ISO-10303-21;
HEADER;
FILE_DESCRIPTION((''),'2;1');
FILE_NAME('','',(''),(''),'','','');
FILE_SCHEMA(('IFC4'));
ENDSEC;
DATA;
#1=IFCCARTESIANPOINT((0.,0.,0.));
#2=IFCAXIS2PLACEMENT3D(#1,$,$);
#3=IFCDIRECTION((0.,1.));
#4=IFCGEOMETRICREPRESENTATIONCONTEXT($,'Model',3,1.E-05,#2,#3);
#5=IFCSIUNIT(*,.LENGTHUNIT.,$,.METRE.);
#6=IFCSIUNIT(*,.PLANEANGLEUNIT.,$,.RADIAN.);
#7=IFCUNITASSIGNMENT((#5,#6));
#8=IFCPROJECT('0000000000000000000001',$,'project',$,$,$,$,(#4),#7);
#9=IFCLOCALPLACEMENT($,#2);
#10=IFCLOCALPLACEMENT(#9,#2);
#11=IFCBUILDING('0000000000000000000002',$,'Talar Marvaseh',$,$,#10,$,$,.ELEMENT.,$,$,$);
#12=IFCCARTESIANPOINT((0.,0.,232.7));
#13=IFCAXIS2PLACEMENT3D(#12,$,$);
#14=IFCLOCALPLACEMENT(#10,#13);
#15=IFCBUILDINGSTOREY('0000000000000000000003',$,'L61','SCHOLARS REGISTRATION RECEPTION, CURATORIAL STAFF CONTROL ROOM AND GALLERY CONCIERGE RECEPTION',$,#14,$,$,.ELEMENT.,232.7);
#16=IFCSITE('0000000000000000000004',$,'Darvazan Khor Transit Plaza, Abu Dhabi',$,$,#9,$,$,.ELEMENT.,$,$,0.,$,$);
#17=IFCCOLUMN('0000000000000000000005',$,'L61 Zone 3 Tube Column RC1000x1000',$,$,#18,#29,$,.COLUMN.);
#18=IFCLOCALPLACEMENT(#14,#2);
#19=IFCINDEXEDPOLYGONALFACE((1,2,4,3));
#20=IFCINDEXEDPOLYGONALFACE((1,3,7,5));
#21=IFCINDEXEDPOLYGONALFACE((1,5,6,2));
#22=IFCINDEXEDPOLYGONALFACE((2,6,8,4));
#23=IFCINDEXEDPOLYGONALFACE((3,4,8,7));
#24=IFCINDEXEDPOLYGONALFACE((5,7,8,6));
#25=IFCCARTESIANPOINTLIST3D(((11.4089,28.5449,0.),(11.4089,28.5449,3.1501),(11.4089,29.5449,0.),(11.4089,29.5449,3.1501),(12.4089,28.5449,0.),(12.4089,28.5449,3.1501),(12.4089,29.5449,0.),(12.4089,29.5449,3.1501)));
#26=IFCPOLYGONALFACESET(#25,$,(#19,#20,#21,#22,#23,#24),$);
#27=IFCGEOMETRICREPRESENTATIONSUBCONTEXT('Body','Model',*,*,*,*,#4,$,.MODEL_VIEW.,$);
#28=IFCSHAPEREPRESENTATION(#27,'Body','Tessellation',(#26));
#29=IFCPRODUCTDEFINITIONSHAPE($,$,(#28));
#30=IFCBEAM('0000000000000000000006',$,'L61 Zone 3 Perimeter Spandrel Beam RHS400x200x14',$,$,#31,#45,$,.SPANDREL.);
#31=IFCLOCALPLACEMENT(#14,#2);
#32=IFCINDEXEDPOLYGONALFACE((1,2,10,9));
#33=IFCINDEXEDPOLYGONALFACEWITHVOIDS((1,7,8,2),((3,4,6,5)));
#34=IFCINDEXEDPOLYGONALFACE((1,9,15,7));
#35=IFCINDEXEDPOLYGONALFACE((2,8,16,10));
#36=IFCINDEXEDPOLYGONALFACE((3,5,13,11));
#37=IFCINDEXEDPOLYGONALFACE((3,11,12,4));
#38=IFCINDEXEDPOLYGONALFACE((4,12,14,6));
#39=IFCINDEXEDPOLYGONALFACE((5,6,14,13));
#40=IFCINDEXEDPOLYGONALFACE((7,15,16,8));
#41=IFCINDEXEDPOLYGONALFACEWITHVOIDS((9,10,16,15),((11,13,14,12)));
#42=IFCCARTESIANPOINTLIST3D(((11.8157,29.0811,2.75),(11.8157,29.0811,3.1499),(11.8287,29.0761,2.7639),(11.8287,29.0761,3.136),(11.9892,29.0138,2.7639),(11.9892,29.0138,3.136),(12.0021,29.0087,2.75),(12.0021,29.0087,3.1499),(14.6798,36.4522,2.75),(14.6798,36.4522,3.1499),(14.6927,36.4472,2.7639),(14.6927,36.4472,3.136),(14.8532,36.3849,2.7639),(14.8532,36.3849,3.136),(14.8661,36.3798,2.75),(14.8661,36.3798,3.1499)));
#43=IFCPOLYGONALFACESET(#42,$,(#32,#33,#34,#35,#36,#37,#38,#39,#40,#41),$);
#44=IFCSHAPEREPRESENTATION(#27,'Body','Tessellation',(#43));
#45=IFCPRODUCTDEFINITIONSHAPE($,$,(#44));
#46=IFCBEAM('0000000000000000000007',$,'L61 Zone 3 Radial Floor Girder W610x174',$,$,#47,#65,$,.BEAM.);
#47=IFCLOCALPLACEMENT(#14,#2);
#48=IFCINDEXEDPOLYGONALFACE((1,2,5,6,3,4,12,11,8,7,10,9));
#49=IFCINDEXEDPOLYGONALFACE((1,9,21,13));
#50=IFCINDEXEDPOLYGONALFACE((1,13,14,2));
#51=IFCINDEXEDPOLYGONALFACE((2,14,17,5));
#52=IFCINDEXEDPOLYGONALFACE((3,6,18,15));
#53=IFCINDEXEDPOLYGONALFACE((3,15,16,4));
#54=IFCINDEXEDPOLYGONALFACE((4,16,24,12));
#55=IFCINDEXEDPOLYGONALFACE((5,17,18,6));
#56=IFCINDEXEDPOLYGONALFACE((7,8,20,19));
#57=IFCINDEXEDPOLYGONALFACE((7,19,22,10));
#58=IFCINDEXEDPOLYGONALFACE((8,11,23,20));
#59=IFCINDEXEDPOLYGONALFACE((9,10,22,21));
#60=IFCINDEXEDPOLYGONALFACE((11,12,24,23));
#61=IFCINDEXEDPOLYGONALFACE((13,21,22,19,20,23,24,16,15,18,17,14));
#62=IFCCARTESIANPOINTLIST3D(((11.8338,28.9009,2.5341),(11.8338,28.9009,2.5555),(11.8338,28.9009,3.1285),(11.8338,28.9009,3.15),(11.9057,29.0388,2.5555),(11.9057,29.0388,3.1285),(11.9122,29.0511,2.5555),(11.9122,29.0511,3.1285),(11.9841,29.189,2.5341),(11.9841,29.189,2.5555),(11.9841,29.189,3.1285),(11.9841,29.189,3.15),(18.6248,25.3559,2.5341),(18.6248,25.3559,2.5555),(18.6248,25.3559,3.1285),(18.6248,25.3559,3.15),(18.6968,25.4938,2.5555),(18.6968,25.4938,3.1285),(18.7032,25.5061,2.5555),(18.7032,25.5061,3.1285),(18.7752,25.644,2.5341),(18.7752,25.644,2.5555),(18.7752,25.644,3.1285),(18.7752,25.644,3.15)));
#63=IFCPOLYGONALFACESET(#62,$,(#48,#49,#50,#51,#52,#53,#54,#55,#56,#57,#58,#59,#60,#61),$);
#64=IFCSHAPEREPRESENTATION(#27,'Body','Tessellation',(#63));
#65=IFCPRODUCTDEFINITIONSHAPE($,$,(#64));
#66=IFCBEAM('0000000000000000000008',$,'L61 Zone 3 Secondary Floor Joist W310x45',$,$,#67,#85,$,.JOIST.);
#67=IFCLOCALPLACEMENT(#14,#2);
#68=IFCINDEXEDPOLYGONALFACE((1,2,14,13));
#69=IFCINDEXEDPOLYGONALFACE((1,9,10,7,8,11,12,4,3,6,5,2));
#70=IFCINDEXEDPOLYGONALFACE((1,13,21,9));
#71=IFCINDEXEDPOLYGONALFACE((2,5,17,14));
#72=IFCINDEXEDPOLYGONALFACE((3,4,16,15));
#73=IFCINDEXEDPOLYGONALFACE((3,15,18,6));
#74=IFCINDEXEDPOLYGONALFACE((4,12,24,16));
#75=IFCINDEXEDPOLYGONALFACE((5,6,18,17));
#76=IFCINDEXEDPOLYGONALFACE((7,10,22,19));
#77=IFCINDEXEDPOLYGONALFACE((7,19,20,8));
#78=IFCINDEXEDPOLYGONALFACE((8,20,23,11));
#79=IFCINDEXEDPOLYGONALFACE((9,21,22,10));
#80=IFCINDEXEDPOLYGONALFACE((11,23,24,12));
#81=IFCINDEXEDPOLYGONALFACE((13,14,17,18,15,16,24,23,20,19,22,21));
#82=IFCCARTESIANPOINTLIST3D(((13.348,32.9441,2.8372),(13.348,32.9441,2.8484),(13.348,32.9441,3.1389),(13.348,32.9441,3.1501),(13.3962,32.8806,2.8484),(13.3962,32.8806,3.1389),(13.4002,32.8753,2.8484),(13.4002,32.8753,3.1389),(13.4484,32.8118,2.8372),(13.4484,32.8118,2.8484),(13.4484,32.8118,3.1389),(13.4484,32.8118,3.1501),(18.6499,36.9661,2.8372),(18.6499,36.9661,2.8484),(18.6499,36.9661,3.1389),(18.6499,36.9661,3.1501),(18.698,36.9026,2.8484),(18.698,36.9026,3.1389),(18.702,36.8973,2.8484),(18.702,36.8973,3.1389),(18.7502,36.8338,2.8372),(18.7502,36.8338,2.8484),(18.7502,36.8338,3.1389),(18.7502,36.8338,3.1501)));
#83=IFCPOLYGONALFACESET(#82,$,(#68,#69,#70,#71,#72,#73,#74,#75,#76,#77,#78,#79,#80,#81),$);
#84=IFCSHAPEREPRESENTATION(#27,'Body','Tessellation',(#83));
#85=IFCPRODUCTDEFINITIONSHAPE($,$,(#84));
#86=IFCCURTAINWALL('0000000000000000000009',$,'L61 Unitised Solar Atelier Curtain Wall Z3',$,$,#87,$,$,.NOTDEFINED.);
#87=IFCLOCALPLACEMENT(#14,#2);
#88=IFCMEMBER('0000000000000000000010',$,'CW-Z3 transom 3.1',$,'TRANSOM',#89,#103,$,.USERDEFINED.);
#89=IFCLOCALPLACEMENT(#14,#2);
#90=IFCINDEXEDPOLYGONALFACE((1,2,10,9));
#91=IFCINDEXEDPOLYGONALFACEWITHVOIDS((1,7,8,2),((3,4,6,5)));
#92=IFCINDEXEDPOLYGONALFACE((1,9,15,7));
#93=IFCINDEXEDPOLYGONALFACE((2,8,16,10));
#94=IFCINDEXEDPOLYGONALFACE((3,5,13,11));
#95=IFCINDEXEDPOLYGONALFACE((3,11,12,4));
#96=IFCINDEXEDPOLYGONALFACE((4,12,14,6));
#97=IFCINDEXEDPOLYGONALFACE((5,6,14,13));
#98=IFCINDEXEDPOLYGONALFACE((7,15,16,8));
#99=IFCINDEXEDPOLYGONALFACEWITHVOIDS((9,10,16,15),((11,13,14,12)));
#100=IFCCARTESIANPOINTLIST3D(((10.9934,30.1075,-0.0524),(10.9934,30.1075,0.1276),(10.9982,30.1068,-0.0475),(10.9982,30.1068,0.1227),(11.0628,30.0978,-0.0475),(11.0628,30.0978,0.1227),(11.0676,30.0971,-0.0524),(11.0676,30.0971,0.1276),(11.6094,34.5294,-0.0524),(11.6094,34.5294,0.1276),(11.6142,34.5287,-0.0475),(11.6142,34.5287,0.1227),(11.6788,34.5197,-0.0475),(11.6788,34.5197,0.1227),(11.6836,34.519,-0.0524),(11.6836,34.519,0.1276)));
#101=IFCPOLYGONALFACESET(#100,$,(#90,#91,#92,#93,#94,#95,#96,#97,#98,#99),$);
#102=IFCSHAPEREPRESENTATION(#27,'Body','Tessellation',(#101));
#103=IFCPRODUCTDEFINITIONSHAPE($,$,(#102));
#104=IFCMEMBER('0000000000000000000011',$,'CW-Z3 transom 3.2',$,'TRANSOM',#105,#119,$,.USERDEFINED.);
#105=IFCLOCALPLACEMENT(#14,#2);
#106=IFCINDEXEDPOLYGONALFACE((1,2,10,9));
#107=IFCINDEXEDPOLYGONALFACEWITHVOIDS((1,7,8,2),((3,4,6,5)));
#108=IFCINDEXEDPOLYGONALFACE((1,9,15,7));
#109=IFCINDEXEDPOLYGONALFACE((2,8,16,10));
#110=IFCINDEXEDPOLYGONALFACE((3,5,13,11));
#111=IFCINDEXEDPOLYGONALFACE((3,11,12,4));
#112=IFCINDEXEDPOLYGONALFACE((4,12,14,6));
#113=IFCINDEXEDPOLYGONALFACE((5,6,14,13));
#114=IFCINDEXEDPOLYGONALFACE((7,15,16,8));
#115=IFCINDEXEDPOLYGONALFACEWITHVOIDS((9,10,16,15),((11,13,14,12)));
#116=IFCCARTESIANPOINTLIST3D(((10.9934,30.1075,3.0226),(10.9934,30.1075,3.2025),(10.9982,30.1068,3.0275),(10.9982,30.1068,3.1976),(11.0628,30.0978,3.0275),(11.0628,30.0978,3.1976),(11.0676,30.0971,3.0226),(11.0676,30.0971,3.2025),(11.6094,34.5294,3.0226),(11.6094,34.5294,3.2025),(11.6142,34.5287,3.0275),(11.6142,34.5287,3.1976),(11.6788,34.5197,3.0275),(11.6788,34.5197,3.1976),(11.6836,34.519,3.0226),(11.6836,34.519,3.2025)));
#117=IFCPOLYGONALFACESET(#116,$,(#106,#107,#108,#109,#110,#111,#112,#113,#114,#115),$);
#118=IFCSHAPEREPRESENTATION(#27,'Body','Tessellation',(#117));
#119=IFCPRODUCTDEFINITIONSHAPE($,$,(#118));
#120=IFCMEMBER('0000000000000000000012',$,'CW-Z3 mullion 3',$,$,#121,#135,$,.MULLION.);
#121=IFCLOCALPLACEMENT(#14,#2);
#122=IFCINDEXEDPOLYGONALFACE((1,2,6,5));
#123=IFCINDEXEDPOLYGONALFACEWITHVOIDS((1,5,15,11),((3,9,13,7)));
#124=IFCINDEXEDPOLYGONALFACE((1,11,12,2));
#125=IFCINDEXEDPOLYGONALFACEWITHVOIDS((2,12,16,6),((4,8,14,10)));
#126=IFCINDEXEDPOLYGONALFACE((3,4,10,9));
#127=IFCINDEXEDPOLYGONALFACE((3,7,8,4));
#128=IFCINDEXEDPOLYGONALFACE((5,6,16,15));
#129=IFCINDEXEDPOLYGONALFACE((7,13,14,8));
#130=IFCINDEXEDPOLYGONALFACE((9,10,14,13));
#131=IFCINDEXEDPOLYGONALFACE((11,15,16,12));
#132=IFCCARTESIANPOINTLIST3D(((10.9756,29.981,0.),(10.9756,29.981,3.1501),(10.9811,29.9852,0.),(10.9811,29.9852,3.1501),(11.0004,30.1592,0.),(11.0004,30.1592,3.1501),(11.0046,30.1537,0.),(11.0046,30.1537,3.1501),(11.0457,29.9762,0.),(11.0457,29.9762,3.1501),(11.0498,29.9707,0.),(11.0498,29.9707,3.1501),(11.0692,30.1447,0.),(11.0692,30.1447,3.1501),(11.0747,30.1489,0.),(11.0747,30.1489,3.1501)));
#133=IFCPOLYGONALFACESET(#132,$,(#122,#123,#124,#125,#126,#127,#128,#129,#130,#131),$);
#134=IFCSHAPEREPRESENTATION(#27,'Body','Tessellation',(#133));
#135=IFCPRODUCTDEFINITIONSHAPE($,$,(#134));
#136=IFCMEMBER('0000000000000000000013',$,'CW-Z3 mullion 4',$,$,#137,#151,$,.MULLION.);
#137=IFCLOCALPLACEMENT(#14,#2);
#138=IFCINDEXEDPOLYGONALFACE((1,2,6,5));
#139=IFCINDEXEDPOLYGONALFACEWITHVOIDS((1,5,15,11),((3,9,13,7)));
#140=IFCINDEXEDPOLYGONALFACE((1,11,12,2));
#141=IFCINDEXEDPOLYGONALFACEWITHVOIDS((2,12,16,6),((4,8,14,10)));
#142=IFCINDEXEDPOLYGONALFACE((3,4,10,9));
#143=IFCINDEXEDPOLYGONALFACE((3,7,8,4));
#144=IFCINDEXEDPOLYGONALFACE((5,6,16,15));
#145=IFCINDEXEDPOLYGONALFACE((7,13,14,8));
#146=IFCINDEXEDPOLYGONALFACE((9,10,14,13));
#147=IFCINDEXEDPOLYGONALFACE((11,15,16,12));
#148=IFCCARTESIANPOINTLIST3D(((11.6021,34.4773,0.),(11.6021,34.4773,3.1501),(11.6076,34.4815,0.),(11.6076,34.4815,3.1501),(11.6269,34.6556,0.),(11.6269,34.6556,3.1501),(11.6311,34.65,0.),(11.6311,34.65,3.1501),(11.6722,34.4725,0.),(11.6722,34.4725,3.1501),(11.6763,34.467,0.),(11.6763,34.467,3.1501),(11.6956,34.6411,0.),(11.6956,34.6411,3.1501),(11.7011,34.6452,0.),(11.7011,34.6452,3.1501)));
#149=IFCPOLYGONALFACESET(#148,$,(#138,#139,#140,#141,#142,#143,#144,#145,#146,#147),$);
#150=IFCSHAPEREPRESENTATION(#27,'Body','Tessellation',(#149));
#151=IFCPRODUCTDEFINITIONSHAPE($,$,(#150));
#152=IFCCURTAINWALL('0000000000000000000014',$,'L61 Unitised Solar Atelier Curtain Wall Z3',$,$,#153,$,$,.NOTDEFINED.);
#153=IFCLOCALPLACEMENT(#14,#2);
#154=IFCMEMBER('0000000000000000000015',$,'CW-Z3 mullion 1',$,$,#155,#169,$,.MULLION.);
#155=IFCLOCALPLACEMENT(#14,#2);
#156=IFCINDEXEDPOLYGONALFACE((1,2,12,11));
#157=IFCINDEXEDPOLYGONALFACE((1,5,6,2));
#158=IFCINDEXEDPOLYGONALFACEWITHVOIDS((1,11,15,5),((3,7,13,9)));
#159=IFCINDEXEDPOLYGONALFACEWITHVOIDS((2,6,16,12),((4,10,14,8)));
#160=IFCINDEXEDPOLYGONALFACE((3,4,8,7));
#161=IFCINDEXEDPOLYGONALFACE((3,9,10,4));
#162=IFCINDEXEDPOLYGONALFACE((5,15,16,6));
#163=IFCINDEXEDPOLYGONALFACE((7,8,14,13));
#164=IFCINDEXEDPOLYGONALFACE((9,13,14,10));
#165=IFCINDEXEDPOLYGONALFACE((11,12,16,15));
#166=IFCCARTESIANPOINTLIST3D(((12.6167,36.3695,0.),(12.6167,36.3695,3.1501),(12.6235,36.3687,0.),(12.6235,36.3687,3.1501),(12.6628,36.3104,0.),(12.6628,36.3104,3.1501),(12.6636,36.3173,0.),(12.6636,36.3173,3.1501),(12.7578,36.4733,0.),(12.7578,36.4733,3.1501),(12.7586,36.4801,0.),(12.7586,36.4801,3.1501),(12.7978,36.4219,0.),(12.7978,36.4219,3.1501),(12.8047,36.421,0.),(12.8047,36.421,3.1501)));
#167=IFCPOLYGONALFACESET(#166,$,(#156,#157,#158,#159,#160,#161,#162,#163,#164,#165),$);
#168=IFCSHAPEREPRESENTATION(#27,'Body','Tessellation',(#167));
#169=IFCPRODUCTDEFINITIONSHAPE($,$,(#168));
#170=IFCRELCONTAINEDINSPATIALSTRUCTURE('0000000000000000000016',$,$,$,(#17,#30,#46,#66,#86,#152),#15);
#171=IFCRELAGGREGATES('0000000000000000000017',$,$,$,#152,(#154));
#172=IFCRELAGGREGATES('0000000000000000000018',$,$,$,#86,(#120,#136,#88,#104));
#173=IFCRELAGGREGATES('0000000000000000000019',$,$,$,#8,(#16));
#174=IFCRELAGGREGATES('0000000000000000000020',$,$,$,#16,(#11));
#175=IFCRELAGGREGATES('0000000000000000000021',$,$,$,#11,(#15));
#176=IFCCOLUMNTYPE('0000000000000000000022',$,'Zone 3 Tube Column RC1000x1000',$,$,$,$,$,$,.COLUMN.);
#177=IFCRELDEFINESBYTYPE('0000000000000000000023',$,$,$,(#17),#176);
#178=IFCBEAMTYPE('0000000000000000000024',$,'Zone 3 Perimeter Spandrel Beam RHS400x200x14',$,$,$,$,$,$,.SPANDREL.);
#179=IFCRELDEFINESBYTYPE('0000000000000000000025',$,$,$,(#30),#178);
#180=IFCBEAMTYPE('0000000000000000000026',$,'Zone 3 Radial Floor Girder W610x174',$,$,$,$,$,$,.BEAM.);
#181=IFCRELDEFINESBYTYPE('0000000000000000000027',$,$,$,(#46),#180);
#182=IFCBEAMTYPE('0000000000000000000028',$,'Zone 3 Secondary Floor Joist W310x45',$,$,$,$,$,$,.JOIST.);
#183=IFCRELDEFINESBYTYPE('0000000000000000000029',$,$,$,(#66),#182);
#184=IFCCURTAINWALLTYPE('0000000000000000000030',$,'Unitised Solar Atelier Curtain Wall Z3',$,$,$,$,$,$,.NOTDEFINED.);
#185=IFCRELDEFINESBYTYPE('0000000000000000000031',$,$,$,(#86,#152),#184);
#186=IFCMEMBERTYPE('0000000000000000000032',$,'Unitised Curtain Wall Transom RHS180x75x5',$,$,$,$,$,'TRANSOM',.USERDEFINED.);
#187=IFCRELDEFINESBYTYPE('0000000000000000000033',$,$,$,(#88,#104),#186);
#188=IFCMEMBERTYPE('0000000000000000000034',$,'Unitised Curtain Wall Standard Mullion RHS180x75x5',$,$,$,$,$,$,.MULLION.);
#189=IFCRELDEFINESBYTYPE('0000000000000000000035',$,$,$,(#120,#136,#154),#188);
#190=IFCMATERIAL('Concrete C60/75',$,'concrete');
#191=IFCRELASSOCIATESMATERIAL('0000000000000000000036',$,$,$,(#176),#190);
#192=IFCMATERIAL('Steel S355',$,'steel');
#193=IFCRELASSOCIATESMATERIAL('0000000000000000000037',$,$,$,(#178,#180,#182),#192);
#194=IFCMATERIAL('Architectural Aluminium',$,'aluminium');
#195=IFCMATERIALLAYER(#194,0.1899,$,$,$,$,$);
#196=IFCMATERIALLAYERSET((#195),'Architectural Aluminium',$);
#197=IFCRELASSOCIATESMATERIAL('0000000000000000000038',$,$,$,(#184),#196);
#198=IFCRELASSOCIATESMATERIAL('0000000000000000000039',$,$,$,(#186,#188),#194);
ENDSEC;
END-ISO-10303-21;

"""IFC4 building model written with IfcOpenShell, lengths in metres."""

from ifc_helpers import new_model, si_unit, direction, frame, origin, origin_2d, place, context, subcontext, project, spatial, rectangle, hollow_rectangle, i_section, extrude, source, transform, mapped, material, layer, layer_set, material_profile, profile_set, type_object, type_shapes, element, aggregate, save


model = new_model("IFC4")

# Units and contexts
model_context = context("Model", 3, precision=1e-05, world=origin(), true_north=direction((0.0, 1.0)))
body_context = subcontext(model_context, "Body", "Model", "MODEL_VIEW")
ifc_project = project(units=[si_unit("LENGTHUNIT", "METRE"), si_unit("PLANEANGLEUNIT", "RADIAN")], contexts=[model_context])

# Site, building, storey
site_placement = place(None, origin())
site = spatial("IfcSite", under=ifc_project, at=site_placement, Name="Darvazan Khor Transit Plaza, Abu Dhabi", CompositionType="ELEMENT", RefElevation=0.0)
building_placement = place(site_placement, origin())
building = spatial("IfcBuilding", under=site, at=building_placement, Name="Talar Marvaseh", CompositionType="ELEMENT")
storey_placement = place(building_placement, frame((0.0, 0.0, 232.7)))
storey = spatial("IfcBuildingStorey", under=building, at=storey_placement, Name="L61", Description="SCHOLARS REGISTRATION RECEPTION, CURATORIAL STAFF CONTROL ROOM AND GALLERY CONCIERGE RECEPTION", CompositionType="ELEMENT", Elevation=232.7)

# Column
ifc_material_1 = material(Name="Concrete C60/75", Category="concrete")
ifc_material_profile_1 = material_profile(ifc_material_1, rectangle(XDim=1.0, YDim=1.0, at=origin_2d()), Name="RC1000x1000")
ifc_profile_set_1 = profile_set([ifc_material_profile_1], Name="Concrete C60/75")
column_type = type_object("IfcColumnType", Name="Zone 3 Tube Column RC1000x1000", PredefinedType="COLUMN", material=ifc_profile_set_1)
column_placement = place(storey_placement, frame((11.9089, 29.0449, 0.0), z_axis=(0.0, 0.0, 1.0), x_axis=(1.0, 0.0, 0.0)))
element("IfcColumn", 1, at=column_placement, inside=storey, type_object=column_type, Name="L61 Zone 3 Tube Column RC1000x1000", PredefinedType="COLUMN", context=body_context, shape_type="SweptSolid", body=[
    extrude(rectangle(XDim=1.0, YDim=1.0, at=origin_2d()), origin(), (0.0, 0.0, 1.0), 3.1501),
])

# Beams
ifc_material_2 = material(Name="Steel S355", Category="steel")
ifc_material_profile_2 = material_profile(ifc_material_2, hollow_rectangle(XDim=0.2, YDim=0.3999, WallThickness=0.0139, at=origin_2d()), Name="RHS400x200x14")
ifc_profile_set_2 = profile_set([ifc_material_profile_2], Name="Steel S355")
beam_type_1 = type_object("IfcBeamType", Name="Zone 3 Perimeter Spandrel Beam RHS400x200x14", PredefinedType="SPANDREL", material=ifc_profile_set_2)
beam_1_placement = place(storey_placement, frame((11.9089, 29.0449, 2.95), z_axis=(0.362169, 0.932112, 0.0), x_axis=(-0.932112, 0.362169, 0.0)))
element("IfcBeam", 2, at=beam_1_placement, inside=storey, type_object=beam_type_1, Name="L61 Zone 3 Perimeter Spandrel Beam RHS400x200x14", PredefinedType="SPANDREL", context=body_context, shape_type="SweptSolid", body=[
    extrude(hollow_rectangle(XDim=0.2, YDim=0.3999, WallThickness=0.0139, at=origin_2d()), origin(), (0.0, 0.0, 1.0), 7.908),
])
ifc_material_profile_3 = material_profile(ifc_material_2, i_section(OverallWidth=0.325, OverallDepth=0.616, WebThickness=0.0139, FlangeThickness=0.0215, at=origin_2d()), Name="W610x174")
ifc_profile_set_3 = profile_set([ifc_material_profile_3], Name="Steel S355")
beam_type_2 = type_object("IfcBeamType", Name="Zone 3 Radial Floor Girder W610x174", PredefinedType="BEAM", material=ifc_profile_set_3)
beam_2_placement = place(storey_placement, frame((11.9089, 29.0449, 2.842), z_axis=(0.886489, -0.462749, 0.0), x_axis=(0.462749, 0.886489, 0.0)))
element("IfcBeam", 3, at=beam_2_placement, inside=storey, type_object=beam_type_2, Name="L61 Zone 3 Radial Floor Girder W610x174", PredefinedType="BEAM", context=body_context, shape_type="SweptSolid", body=[
    extrude(i_section(OverallWidth=0.325, OverallDepth=0.616, WebThickness=0.0139, FlangeThickness=0.0215, at=origin_2d()), origin(), (0.0, 0.0, 1.0), 7.6606),
])
ifc_material_profile_4 = material_profile(ifc_material_2, i_section(OverallWidth=0.166, OverallDepth=0.313, WebThickness=0.0066, FlangeThickness=0.0112, at=origin_2d()), Name="W310x45")
ifc_profile_set_4 = profile_set([ifc_material_profile_4], Name="Steel S355")
beam_type_3 = type_object("IfcBeamType", Name="Zone 3 Secondary Floor Joist W310x45", PredefinedType="JOIST", material=ifc_profile_set_4)
beam_3_placement = place(storey_placement, frame((13.3982, 32.8779, 2.9937), z_axis=(0.796695, 0.604382, 0.0), x_axis=(-0.604382, 0.796695, 0.0)))
element("IfcBeam", 4, at=beam_3_placement, inside=storey, type_object=beam_type_3, Name="L61 Zone 3 Secondary Floor Joist W310x45", PredefinedType="JOIST", context=body_context, shape_type="SweptSolid", body=[
    extrude(i_section(OverallWidth=0.166, OverallDepth=0.313, WebThickness=0.0066, FlangeThickness=0.0112, at=origin_2d()), origin(), (0.0, 0.0, 1.0), 6.6548),
])

# Curtain wall, members
ifc_material_3 = material(Name="Architectural Aluminium", Category="aluminium")
ifc_layer_1 = layer(ifc_material_3, 0.1899)
ifc_layer_set_1 = layer_set([ifc_layer_1], Name="Architectural Aluminium")
curtain_wall_type = type_object("IfcCurtainWallType", Name="Unitised Solar Atelier Curtain Wall Z3", PredefinedType="NOTDEFINED", material=ifc_layer_set_1)
curtain_wall_1_placement = place(storey_placement, origin())
curtain_wall_1 = element("IfcCurtainWall", 5, at=curtain_wall_1_placement, inside=storey, type_object=curtain_wall_type, Name="L61 Unitised Solar Atelier Curtain Wall Z3", PredefinedType="NOTDEFINED")
ifc_material_profile_5 = material_profile(ifc_material_3, hollow_rectangle(XDim=0.075, YDim=0.1799, WallThickness=0.0049, at=origin_2d()), Name="RHS180x75x5")
ifc_profile_set_5 = profile_set([ifc_material_profile_5], Name="Architectural Aluminium")
member_type_1 = type_object("IfcMemberType", Name="Unitised Curtain Wall Transom RHS180x75x5", ElementType="TRANSOM", PredefinedType="USERDEFINED", material=ifc_profile_set_5)
shared_shape_1 = source(origin(), body_context, "Body", "SweptSolid", [
    extrude(hollow_rectangle(XDim=0.075, YDim=0.1799, WallThickness=0.0049, at=origin_2d()), origin(), (0.0, 0.0, 1.0), 4.4646),
])
type_shapes(member_type_1, [shared_shape_1])
member_1_placement = place(storey_placement, frame((11.0305, 30.1023, 0.0376), z_axis=(0.137968, 0.990437, 0.0), x_axis=(-0.990437, 0.137968, 0.0)))
member_1 = element("IfcMember", 6, at=member_1_placement, type_object=member_type_1, Name="CW-Z3 transom 3.1", ObjectType="TRANSOM", PredefinedType="USERDEFINED", context=body_context, shape_type="MappedRepresentation", body=[
    mapped(shared_shape_1, transform((0.0, 0.0, 0.0), x_axis=(1.0, 0.0, 0.0), y_axis=(0.0, 1.0, 0.0), z_axis=(0.0, 0.0, 1.0), scale=1.0)),
])
member_2_placement = place(storey_placement, frame((11.0305, 30.1023, 3.1125), z_axis=(0.137968, 0.990437, 0.0), x_axis=(-0.990437, 0.137968, 0.0)))
member_2 = element("IfcMember", 7, at=member_2_placement, type_object=member_type_1, Name="CW-Z3 transom 3.2", ObjectType="TRANSOM", PredefinedType="USERDEFINED", context=body_context, shape_type="MappedRepresentation", body=[
    mapped(shared_shape_1, transform((0.0, 0.0, 0.0), x_axis=(1.0, 0.0, 0.0), y_axis=(0.0, 1.0, 0.0), z_axis=(0.0, 0.0, 1.0), scale=1.0)),
])
ifc_material_profile_6 = material_profile(ifc_material_3, hollow_rectangle(XDim=0.075, YDim=0.1799, WallThickness=0.0049, at=origin_2d()), Name="RHS180x75x5")
ifc_profile_set_6 = profile_set([ifc_material_profile_6], Name="Architectural Aluminium")
member_type_2 = type_object("IfcMemberType", Name="Unitised Curtain Wall Standard Mullion RHS180x75x5", PredefinedType="MULLION", material=ifc_profile_set_6)
shared_shape_2 = source(origin(), body_context, "Body", "SweptSolid", [
    extrude(hollow_rectangle(XDim=0.075, YDim=0.1799, WallThickness=0.0049, at=origin_2d()), origin(), (0.0, 0.0, 1.0), 3.1501),
])
type_shapes(member_type_2, [shared_shape_2])
member_3_placement = place(storey_placement, frame((11.0251, 30.0649, 0.0), z_axis=(0.0, 0.0, 1.0), x_axis=(-0.990433, 0.137994, 0.0)))
member_3 = element("IfcMember", 8, at=member_3_placement, type_object=member_type_2, Name="CW-Z3 mullion 3", PredefinedType="MULLION", context=body_context, shape_type="MappedRepresentation", body=[
    mapped(shared_shape_2, transform((0.0, 0.0, 0.0), x_axis=(1.0, 0.0, 0.0), y_axis=(0.0, 1.0, 0.0), z_axis=(0.0, 0.0, 1.0), scale=1.0)),
])
member_4_placement = place(storey_placement, frame((11.6516, 34.5613, 0.0), z_axis=(0.0, 0.0, 1.0), x_axis=(-0.990433, 0.137994, 0.0)))
member_4 = element("IfcMember", 9, at=member_4_placement, type_object=member_type_2, Name="CW-Z3 mullion 4", PredefinedType="MULLION", context=body_context, shape_type="MappedRepresentation", body=[
    mapped(shared_shape_2, transform((0.0, 0.0, 0.0), x_axis=(1.0, 0.0, 0.0), y_axis=(0.0, 1.0, 0.0), z_axis=(0.0, 0.0, 1.0), scale=1.0)),
])

# Curtain wall, member
curtain_wall_2_placement = place(storey_placement, origin())
curtain_wall_2 = element("IfcCurtainWall", 10, at=curtain_wall_2_placement, inside=storey, type_object=curtain_wall_type, Name="L61 Unitised Solar Atelier Curtain Wall Z3", PredefinedType="NOTDEFINED")
member_5_placement = place(storey_placement, frame((12.7107, 36.3953, 0.0), z_axis=(0.0, 0.0, 1.0), x_axis=(-0.614731, 0.788737, 0.0)))
member_5 = element("IfcMember", 11, at=member_5_placement, type_object=member_type_2, Name="CW-Z3 mullion 1", PredefinedType="MULLION", context=body_context, shape_type="MappedRepresentation", body=[
    mapped(shared_shape_2, transform((0.0, 0.0, 0.0), x_axis=(1.0, 0.0, 0.0), y_axis=(0.0, 1.0, 0.0), z_axis=(0.0, 0.0, 1.0), scale=1.0)),
])
aggregate(curtain_wall_2, [member_5])

aggregate(curtain_wall_1, [member_3, member_4, member_1, member_2])

save(model, "model.ifc")
